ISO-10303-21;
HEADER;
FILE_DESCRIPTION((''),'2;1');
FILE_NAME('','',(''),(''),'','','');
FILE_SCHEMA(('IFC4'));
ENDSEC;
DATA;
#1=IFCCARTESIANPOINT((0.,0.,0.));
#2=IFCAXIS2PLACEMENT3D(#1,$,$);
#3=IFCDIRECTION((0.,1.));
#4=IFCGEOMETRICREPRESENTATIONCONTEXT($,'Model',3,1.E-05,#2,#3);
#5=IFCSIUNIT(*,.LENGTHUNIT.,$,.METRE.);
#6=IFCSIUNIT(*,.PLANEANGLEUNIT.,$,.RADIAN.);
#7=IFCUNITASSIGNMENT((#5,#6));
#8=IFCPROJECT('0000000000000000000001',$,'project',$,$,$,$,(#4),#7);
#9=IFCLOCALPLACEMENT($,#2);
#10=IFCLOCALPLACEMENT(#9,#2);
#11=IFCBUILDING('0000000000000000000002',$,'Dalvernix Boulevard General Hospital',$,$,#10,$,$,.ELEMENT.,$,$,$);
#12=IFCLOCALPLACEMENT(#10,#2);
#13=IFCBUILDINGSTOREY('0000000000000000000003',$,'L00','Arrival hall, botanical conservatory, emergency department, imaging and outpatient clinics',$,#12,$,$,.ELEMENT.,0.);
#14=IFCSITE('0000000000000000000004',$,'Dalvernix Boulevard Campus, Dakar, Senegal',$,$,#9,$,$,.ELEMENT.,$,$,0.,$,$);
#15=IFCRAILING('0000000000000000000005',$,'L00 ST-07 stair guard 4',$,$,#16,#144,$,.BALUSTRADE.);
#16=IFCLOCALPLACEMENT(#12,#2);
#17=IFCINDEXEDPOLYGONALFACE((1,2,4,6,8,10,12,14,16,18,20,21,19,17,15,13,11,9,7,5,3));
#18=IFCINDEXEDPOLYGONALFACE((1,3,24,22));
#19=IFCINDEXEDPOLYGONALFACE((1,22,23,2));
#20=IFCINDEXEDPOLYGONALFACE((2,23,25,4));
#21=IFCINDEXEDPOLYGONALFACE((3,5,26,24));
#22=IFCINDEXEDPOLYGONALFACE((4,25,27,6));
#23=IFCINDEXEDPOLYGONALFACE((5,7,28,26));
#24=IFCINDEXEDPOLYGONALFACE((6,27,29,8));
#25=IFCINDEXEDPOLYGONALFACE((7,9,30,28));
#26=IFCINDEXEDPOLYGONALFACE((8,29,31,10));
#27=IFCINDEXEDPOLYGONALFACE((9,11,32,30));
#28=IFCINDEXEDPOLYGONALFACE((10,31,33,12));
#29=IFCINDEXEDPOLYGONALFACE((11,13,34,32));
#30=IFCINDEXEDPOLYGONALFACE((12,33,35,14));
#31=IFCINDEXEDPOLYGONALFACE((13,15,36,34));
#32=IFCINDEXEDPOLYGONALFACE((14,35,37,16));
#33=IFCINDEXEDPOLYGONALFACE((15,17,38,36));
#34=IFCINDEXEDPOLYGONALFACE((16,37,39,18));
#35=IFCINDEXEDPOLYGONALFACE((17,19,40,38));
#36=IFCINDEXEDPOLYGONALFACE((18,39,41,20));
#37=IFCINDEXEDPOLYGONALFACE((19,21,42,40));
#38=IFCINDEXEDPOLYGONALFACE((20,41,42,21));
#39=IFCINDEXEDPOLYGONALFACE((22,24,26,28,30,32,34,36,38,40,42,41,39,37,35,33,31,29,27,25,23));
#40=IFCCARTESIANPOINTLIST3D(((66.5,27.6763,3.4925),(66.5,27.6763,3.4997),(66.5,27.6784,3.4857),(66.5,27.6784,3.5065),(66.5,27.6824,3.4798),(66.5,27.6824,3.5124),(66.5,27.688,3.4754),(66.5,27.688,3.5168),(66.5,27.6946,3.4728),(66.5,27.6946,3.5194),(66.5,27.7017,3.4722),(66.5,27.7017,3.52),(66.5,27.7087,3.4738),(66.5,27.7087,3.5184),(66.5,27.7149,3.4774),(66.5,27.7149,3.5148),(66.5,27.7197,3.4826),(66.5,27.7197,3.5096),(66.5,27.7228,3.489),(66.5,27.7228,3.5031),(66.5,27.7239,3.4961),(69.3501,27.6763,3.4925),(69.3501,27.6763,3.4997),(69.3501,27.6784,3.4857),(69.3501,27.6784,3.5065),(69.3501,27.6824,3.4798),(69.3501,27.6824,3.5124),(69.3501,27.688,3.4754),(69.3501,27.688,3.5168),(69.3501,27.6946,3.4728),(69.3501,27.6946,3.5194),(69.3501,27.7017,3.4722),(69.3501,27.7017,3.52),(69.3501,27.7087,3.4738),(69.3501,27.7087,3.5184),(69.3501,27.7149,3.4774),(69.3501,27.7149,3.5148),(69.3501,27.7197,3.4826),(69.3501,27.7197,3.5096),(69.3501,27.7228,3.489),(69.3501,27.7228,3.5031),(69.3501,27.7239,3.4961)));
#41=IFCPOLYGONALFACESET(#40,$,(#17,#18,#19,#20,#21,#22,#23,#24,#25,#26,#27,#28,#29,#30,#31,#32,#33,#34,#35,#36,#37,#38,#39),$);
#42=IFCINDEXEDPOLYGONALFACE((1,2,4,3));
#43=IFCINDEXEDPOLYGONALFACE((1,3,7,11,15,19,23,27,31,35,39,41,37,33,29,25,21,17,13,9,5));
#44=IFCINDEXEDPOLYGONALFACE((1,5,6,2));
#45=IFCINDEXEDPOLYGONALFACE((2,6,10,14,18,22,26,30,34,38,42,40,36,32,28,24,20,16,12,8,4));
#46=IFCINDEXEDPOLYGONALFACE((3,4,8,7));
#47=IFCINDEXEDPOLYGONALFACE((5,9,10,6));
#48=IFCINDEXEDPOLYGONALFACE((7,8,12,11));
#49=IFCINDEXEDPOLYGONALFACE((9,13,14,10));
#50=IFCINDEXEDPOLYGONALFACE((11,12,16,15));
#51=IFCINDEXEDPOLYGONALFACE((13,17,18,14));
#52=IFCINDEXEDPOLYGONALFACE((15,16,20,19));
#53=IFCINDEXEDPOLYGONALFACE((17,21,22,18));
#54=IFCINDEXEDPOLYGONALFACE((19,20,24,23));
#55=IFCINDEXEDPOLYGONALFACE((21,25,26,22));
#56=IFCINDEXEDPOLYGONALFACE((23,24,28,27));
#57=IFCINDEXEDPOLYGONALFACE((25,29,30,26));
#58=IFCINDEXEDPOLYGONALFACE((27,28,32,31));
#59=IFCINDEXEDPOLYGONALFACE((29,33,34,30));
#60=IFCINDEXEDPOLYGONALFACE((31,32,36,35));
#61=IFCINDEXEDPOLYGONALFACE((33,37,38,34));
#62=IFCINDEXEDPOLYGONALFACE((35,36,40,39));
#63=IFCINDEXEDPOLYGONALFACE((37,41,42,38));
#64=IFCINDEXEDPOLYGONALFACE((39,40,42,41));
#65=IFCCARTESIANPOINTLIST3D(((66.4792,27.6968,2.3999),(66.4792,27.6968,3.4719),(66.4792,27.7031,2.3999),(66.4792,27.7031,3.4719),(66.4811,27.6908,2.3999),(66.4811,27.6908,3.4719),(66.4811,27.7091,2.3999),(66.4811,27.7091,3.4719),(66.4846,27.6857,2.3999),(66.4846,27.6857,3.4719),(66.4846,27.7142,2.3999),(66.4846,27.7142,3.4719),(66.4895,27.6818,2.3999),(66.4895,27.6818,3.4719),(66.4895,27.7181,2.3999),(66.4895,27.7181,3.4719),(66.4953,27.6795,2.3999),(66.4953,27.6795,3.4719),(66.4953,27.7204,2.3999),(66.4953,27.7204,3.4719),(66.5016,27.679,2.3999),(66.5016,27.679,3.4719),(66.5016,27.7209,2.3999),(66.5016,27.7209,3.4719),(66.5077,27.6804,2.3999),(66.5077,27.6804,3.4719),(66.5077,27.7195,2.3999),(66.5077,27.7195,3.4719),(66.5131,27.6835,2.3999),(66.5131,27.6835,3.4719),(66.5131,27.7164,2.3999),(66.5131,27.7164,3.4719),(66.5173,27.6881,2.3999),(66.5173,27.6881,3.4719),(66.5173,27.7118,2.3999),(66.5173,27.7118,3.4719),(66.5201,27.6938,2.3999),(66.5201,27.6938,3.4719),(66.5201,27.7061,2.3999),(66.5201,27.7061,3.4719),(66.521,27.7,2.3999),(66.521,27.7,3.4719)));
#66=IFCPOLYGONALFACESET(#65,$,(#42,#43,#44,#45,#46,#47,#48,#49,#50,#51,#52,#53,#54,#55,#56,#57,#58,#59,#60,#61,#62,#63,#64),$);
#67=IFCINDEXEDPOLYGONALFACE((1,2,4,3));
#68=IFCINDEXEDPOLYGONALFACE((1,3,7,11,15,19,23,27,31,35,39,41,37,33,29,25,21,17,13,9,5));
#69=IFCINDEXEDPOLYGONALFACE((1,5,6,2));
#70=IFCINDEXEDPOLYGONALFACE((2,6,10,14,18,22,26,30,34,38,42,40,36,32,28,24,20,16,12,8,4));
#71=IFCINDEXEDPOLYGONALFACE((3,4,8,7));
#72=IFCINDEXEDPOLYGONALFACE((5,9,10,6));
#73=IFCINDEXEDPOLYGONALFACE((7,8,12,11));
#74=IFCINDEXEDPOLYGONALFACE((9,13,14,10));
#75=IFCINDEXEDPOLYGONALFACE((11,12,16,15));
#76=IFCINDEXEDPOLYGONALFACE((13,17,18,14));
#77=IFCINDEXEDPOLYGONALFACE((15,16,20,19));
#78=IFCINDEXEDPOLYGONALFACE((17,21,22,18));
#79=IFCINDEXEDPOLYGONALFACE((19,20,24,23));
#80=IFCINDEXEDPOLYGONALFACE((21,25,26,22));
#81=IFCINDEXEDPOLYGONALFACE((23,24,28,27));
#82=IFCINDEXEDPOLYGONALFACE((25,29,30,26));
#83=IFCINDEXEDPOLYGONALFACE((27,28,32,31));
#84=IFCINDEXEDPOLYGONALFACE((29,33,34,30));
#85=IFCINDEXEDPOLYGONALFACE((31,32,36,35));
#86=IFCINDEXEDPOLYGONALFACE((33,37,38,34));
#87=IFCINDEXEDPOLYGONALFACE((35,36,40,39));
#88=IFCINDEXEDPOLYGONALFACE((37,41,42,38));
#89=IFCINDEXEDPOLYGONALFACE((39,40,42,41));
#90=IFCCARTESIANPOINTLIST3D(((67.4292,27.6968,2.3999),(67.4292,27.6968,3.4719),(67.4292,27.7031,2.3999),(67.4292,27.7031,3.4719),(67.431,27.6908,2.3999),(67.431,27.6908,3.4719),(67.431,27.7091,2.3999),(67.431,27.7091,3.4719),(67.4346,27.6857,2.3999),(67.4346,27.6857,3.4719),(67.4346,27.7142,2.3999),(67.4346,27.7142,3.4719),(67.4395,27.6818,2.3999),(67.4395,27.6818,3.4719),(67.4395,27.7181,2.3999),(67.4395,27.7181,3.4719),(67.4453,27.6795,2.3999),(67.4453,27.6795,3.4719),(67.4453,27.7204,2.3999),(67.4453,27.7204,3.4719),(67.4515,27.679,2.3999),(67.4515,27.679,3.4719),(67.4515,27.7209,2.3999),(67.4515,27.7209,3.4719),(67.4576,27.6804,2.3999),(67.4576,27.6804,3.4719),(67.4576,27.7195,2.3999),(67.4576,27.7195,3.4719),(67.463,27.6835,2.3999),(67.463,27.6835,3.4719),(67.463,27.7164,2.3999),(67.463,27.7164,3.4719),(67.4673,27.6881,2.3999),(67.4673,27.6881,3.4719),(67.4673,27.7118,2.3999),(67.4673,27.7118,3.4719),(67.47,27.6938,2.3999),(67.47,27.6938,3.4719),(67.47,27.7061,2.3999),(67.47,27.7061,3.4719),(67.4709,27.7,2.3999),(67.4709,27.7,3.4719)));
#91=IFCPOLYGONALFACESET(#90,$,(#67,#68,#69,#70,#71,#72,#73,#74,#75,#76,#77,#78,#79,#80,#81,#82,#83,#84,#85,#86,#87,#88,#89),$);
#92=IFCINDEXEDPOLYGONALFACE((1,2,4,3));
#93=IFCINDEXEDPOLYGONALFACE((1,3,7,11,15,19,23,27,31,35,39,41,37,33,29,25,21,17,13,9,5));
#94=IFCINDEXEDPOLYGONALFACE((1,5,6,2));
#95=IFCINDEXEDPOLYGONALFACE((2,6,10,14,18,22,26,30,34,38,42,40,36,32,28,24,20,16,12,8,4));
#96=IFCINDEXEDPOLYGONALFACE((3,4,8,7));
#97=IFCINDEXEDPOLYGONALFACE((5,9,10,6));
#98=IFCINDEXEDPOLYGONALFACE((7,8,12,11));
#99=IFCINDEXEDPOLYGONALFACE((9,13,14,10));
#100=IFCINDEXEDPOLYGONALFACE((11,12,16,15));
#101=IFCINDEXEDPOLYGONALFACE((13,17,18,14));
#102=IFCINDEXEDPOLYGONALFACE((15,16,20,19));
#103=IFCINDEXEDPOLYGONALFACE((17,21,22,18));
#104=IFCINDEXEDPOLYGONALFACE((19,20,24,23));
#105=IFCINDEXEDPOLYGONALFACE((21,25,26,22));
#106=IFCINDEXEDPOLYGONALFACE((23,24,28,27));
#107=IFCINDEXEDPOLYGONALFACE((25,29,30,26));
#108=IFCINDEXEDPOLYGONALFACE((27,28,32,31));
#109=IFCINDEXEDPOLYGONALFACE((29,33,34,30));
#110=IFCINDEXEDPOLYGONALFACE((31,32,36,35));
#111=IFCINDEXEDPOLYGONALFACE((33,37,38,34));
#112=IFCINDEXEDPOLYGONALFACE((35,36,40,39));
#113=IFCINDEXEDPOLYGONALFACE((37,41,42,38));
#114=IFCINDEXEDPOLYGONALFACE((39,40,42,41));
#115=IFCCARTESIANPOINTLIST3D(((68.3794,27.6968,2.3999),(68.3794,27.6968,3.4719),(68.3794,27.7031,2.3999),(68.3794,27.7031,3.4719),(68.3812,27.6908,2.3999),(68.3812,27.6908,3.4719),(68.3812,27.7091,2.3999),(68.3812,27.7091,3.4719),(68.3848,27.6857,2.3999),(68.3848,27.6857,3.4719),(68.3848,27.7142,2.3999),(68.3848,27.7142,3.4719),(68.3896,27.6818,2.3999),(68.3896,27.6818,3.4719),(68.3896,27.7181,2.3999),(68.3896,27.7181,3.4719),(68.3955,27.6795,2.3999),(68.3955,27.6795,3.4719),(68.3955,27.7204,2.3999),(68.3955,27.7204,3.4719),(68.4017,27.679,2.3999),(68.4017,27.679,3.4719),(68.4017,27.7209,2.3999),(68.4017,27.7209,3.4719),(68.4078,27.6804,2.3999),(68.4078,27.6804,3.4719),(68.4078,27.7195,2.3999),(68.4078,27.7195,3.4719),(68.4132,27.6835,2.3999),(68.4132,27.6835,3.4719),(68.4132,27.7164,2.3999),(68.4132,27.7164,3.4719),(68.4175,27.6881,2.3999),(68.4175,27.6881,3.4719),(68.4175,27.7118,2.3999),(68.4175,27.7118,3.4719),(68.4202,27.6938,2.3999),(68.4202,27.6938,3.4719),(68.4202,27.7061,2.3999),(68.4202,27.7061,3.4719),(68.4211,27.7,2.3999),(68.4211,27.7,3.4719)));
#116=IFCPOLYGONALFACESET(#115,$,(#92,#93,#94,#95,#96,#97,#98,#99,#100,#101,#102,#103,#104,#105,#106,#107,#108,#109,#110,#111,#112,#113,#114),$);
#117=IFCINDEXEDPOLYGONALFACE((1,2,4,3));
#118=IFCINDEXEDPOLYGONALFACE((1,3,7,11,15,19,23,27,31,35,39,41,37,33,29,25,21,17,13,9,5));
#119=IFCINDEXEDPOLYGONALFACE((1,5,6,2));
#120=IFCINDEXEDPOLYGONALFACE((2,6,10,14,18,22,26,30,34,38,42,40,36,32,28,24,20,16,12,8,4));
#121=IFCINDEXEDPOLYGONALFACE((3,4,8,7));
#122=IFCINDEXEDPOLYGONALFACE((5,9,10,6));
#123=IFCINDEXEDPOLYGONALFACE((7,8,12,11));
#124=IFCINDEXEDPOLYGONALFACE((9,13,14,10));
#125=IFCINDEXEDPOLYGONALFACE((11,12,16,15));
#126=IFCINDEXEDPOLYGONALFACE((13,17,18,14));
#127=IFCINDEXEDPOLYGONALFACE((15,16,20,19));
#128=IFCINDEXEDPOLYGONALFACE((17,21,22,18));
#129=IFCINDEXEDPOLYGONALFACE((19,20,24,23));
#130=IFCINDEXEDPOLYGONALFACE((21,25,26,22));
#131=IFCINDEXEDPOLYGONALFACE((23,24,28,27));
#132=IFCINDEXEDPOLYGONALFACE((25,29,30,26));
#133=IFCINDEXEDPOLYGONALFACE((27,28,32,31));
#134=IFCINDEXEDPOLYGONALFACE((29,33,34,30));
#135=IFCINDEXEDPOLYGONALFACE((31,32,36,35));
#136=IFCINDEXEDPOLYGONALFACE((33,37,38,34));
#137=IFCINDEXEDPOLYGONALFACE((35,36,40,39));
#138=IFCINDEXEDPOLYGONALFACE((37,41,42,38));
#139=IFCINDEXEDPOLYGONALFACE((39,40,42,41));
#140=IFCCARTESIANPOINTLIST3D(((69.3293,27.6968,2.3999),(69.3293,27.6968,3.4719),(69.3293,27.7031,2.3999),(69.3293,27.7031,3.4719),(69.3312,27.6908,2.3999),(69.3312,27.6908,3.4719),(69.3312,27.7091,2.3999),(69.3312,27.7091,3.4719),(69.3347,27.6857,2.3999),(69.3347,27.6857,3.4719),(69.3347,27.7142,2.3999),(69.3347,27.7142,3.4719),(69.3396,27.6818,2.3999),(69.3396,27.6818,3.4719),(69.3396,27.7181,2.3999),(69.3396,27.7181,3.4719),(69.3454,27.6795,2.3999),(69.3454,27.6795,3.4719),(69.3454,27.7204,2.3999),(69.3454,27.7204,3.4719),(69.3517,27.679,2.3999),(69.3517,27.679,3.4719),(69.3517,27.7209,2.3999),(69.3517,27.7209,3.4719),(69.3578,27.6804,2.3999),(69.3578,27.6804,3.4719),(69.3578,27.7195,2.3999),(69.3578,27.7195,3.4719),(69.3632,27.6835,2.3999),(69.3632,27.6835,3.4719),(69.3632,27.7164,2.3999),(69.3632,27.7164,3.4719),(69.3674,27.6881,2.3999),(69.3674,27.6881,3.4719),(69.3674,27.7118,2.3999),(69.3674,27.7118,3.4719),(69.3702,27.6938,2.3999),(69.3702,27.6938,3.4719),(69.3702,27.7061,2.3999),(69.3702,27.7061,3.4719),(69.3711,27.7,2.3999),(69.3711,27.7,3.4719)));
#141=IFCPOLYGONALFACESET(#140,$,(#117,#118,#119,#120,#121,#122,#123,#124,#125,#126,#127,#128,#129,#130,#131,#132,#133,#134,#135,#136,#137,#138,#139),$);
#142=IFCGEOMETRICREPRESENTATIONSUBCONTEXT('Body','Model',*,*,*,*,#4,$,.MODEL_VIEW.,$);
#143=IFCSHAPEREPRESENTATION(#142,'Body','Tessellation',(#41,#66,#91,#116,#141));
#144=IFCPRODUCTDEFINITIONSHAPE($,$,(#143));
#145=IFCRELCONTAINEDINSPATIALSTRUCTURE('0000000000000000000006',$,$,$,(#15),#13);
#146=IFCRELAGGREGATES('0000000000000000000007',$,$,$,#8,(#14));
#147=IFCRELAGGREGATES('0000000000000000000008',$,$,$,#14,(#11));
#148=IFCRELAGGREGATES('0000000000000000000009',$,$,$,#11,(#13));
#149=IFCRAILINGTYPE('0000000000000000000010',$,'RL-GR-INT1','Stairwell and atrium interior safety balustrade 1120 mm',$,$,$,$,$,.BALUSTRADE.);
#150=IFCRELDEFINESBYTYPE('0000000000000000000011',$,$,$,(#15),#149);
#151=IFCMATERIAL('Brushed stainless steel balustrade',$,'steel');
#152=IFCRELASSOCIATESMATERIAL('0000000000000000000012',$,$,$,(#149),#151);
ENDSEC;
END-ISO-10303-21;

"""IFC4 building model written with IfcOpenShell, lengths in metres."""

from ifc_helpers import new_model, si_unit, direction, frame, origin, origin_2d, place, context, subcontext, project, spatial, circle, extrude, material, type_object, element, save


model = new_model("IFC4")

# Units and contexts
model_context = context("Model", 3, precision=1e-05, world=origin(), true_north=direction((0.0, 1.0)))
body_context = subcontext(model_context, "Body", "Model", "MODEL_VIEW")
ifc_project = project(units=[si_unit("LENGTHUNIT", "METRE"), si_unit("PLANEANGLEUNIT", "RADIAN")], contexts=[model_context])

# Site, building, storey
site_placement = place(None, origin())
site = spatial("IfcSite", under=ifc_project, at=site_placement, Name="Dalvernix Boulevard Campus, Dakar, Senegal", CompositionType="ELEMENT", RefElevation=0.0)
building_placement = place(site_placement, origin())
building = spatial("IfcBuilding", under=site, at=building_placement, Name="Dalvernix Boulevard General Hospital", CompositionType="ELEMENT")
storey_placement = place(building_placement, origin())
storey = spatial("IfcBuildingStorey", under=building, at=storey_placement, Name="L00", Description="Arrival hall, botanical conservatory, emergency department, imaging and outpatient clinics", CompositionType="ELEMENT", Elevation=0.0)

# Railing
ifc_material_1 = material(Name="Brushed stainless steel balustrade", Category="steel")
railing_type_1 = type_object("IfcRailingType", Name="RL-GR-INT1", Description="Stairwell and atrium interior safety balustrade 1120 mm", PredefinedType="BALUSTRADE", material=ifc_material_1)
for number, where, name in (
    (1, (66.5, 27.7, 2.3999), "L00 ST-07 stair guard 4"),
):
    element("IfcRailing", number, at=place(storey_placement, frame(where)), inside=storey, type_object=railing_type_1, Name=name, PredefinedType="BALUSTRADE", context=body_context, shape_type="SweptSolid", body=[
        extrude(circle(Radius=0.0239, at=origin_2d()), frame((0.0, 0.0, 1.0962), z_axis=(1.0, 0.0, 0.0), x_axis=(0.0, 1.0, 0.0)), (0.0, 0.0, 1.0), 2.8501),
        extrude(circle(Radius=0.021, at=origin_2d()), origin(), (0.0, 0.0, 1.0), 1.072),
        extrude(circle(Radius=0.021, at=origin_2d()), frame((0.95, 0.0, 0.0)), (0.0, 0.0, 1.0), 1.072),
        extrude(circle(Radius=0.021, at=origin_2d()), frame((1.9001, 0.0, 0.0)), (0.0, 0.0, 1.0), 1.072),
        extrude(circle(Radius=0.021, at=origin_2d()), frame((2.8501, 0.0, 0.0)), (0.0, 0.0, 1.0), 1.072),
    ])

save(model, "model.ifc")
